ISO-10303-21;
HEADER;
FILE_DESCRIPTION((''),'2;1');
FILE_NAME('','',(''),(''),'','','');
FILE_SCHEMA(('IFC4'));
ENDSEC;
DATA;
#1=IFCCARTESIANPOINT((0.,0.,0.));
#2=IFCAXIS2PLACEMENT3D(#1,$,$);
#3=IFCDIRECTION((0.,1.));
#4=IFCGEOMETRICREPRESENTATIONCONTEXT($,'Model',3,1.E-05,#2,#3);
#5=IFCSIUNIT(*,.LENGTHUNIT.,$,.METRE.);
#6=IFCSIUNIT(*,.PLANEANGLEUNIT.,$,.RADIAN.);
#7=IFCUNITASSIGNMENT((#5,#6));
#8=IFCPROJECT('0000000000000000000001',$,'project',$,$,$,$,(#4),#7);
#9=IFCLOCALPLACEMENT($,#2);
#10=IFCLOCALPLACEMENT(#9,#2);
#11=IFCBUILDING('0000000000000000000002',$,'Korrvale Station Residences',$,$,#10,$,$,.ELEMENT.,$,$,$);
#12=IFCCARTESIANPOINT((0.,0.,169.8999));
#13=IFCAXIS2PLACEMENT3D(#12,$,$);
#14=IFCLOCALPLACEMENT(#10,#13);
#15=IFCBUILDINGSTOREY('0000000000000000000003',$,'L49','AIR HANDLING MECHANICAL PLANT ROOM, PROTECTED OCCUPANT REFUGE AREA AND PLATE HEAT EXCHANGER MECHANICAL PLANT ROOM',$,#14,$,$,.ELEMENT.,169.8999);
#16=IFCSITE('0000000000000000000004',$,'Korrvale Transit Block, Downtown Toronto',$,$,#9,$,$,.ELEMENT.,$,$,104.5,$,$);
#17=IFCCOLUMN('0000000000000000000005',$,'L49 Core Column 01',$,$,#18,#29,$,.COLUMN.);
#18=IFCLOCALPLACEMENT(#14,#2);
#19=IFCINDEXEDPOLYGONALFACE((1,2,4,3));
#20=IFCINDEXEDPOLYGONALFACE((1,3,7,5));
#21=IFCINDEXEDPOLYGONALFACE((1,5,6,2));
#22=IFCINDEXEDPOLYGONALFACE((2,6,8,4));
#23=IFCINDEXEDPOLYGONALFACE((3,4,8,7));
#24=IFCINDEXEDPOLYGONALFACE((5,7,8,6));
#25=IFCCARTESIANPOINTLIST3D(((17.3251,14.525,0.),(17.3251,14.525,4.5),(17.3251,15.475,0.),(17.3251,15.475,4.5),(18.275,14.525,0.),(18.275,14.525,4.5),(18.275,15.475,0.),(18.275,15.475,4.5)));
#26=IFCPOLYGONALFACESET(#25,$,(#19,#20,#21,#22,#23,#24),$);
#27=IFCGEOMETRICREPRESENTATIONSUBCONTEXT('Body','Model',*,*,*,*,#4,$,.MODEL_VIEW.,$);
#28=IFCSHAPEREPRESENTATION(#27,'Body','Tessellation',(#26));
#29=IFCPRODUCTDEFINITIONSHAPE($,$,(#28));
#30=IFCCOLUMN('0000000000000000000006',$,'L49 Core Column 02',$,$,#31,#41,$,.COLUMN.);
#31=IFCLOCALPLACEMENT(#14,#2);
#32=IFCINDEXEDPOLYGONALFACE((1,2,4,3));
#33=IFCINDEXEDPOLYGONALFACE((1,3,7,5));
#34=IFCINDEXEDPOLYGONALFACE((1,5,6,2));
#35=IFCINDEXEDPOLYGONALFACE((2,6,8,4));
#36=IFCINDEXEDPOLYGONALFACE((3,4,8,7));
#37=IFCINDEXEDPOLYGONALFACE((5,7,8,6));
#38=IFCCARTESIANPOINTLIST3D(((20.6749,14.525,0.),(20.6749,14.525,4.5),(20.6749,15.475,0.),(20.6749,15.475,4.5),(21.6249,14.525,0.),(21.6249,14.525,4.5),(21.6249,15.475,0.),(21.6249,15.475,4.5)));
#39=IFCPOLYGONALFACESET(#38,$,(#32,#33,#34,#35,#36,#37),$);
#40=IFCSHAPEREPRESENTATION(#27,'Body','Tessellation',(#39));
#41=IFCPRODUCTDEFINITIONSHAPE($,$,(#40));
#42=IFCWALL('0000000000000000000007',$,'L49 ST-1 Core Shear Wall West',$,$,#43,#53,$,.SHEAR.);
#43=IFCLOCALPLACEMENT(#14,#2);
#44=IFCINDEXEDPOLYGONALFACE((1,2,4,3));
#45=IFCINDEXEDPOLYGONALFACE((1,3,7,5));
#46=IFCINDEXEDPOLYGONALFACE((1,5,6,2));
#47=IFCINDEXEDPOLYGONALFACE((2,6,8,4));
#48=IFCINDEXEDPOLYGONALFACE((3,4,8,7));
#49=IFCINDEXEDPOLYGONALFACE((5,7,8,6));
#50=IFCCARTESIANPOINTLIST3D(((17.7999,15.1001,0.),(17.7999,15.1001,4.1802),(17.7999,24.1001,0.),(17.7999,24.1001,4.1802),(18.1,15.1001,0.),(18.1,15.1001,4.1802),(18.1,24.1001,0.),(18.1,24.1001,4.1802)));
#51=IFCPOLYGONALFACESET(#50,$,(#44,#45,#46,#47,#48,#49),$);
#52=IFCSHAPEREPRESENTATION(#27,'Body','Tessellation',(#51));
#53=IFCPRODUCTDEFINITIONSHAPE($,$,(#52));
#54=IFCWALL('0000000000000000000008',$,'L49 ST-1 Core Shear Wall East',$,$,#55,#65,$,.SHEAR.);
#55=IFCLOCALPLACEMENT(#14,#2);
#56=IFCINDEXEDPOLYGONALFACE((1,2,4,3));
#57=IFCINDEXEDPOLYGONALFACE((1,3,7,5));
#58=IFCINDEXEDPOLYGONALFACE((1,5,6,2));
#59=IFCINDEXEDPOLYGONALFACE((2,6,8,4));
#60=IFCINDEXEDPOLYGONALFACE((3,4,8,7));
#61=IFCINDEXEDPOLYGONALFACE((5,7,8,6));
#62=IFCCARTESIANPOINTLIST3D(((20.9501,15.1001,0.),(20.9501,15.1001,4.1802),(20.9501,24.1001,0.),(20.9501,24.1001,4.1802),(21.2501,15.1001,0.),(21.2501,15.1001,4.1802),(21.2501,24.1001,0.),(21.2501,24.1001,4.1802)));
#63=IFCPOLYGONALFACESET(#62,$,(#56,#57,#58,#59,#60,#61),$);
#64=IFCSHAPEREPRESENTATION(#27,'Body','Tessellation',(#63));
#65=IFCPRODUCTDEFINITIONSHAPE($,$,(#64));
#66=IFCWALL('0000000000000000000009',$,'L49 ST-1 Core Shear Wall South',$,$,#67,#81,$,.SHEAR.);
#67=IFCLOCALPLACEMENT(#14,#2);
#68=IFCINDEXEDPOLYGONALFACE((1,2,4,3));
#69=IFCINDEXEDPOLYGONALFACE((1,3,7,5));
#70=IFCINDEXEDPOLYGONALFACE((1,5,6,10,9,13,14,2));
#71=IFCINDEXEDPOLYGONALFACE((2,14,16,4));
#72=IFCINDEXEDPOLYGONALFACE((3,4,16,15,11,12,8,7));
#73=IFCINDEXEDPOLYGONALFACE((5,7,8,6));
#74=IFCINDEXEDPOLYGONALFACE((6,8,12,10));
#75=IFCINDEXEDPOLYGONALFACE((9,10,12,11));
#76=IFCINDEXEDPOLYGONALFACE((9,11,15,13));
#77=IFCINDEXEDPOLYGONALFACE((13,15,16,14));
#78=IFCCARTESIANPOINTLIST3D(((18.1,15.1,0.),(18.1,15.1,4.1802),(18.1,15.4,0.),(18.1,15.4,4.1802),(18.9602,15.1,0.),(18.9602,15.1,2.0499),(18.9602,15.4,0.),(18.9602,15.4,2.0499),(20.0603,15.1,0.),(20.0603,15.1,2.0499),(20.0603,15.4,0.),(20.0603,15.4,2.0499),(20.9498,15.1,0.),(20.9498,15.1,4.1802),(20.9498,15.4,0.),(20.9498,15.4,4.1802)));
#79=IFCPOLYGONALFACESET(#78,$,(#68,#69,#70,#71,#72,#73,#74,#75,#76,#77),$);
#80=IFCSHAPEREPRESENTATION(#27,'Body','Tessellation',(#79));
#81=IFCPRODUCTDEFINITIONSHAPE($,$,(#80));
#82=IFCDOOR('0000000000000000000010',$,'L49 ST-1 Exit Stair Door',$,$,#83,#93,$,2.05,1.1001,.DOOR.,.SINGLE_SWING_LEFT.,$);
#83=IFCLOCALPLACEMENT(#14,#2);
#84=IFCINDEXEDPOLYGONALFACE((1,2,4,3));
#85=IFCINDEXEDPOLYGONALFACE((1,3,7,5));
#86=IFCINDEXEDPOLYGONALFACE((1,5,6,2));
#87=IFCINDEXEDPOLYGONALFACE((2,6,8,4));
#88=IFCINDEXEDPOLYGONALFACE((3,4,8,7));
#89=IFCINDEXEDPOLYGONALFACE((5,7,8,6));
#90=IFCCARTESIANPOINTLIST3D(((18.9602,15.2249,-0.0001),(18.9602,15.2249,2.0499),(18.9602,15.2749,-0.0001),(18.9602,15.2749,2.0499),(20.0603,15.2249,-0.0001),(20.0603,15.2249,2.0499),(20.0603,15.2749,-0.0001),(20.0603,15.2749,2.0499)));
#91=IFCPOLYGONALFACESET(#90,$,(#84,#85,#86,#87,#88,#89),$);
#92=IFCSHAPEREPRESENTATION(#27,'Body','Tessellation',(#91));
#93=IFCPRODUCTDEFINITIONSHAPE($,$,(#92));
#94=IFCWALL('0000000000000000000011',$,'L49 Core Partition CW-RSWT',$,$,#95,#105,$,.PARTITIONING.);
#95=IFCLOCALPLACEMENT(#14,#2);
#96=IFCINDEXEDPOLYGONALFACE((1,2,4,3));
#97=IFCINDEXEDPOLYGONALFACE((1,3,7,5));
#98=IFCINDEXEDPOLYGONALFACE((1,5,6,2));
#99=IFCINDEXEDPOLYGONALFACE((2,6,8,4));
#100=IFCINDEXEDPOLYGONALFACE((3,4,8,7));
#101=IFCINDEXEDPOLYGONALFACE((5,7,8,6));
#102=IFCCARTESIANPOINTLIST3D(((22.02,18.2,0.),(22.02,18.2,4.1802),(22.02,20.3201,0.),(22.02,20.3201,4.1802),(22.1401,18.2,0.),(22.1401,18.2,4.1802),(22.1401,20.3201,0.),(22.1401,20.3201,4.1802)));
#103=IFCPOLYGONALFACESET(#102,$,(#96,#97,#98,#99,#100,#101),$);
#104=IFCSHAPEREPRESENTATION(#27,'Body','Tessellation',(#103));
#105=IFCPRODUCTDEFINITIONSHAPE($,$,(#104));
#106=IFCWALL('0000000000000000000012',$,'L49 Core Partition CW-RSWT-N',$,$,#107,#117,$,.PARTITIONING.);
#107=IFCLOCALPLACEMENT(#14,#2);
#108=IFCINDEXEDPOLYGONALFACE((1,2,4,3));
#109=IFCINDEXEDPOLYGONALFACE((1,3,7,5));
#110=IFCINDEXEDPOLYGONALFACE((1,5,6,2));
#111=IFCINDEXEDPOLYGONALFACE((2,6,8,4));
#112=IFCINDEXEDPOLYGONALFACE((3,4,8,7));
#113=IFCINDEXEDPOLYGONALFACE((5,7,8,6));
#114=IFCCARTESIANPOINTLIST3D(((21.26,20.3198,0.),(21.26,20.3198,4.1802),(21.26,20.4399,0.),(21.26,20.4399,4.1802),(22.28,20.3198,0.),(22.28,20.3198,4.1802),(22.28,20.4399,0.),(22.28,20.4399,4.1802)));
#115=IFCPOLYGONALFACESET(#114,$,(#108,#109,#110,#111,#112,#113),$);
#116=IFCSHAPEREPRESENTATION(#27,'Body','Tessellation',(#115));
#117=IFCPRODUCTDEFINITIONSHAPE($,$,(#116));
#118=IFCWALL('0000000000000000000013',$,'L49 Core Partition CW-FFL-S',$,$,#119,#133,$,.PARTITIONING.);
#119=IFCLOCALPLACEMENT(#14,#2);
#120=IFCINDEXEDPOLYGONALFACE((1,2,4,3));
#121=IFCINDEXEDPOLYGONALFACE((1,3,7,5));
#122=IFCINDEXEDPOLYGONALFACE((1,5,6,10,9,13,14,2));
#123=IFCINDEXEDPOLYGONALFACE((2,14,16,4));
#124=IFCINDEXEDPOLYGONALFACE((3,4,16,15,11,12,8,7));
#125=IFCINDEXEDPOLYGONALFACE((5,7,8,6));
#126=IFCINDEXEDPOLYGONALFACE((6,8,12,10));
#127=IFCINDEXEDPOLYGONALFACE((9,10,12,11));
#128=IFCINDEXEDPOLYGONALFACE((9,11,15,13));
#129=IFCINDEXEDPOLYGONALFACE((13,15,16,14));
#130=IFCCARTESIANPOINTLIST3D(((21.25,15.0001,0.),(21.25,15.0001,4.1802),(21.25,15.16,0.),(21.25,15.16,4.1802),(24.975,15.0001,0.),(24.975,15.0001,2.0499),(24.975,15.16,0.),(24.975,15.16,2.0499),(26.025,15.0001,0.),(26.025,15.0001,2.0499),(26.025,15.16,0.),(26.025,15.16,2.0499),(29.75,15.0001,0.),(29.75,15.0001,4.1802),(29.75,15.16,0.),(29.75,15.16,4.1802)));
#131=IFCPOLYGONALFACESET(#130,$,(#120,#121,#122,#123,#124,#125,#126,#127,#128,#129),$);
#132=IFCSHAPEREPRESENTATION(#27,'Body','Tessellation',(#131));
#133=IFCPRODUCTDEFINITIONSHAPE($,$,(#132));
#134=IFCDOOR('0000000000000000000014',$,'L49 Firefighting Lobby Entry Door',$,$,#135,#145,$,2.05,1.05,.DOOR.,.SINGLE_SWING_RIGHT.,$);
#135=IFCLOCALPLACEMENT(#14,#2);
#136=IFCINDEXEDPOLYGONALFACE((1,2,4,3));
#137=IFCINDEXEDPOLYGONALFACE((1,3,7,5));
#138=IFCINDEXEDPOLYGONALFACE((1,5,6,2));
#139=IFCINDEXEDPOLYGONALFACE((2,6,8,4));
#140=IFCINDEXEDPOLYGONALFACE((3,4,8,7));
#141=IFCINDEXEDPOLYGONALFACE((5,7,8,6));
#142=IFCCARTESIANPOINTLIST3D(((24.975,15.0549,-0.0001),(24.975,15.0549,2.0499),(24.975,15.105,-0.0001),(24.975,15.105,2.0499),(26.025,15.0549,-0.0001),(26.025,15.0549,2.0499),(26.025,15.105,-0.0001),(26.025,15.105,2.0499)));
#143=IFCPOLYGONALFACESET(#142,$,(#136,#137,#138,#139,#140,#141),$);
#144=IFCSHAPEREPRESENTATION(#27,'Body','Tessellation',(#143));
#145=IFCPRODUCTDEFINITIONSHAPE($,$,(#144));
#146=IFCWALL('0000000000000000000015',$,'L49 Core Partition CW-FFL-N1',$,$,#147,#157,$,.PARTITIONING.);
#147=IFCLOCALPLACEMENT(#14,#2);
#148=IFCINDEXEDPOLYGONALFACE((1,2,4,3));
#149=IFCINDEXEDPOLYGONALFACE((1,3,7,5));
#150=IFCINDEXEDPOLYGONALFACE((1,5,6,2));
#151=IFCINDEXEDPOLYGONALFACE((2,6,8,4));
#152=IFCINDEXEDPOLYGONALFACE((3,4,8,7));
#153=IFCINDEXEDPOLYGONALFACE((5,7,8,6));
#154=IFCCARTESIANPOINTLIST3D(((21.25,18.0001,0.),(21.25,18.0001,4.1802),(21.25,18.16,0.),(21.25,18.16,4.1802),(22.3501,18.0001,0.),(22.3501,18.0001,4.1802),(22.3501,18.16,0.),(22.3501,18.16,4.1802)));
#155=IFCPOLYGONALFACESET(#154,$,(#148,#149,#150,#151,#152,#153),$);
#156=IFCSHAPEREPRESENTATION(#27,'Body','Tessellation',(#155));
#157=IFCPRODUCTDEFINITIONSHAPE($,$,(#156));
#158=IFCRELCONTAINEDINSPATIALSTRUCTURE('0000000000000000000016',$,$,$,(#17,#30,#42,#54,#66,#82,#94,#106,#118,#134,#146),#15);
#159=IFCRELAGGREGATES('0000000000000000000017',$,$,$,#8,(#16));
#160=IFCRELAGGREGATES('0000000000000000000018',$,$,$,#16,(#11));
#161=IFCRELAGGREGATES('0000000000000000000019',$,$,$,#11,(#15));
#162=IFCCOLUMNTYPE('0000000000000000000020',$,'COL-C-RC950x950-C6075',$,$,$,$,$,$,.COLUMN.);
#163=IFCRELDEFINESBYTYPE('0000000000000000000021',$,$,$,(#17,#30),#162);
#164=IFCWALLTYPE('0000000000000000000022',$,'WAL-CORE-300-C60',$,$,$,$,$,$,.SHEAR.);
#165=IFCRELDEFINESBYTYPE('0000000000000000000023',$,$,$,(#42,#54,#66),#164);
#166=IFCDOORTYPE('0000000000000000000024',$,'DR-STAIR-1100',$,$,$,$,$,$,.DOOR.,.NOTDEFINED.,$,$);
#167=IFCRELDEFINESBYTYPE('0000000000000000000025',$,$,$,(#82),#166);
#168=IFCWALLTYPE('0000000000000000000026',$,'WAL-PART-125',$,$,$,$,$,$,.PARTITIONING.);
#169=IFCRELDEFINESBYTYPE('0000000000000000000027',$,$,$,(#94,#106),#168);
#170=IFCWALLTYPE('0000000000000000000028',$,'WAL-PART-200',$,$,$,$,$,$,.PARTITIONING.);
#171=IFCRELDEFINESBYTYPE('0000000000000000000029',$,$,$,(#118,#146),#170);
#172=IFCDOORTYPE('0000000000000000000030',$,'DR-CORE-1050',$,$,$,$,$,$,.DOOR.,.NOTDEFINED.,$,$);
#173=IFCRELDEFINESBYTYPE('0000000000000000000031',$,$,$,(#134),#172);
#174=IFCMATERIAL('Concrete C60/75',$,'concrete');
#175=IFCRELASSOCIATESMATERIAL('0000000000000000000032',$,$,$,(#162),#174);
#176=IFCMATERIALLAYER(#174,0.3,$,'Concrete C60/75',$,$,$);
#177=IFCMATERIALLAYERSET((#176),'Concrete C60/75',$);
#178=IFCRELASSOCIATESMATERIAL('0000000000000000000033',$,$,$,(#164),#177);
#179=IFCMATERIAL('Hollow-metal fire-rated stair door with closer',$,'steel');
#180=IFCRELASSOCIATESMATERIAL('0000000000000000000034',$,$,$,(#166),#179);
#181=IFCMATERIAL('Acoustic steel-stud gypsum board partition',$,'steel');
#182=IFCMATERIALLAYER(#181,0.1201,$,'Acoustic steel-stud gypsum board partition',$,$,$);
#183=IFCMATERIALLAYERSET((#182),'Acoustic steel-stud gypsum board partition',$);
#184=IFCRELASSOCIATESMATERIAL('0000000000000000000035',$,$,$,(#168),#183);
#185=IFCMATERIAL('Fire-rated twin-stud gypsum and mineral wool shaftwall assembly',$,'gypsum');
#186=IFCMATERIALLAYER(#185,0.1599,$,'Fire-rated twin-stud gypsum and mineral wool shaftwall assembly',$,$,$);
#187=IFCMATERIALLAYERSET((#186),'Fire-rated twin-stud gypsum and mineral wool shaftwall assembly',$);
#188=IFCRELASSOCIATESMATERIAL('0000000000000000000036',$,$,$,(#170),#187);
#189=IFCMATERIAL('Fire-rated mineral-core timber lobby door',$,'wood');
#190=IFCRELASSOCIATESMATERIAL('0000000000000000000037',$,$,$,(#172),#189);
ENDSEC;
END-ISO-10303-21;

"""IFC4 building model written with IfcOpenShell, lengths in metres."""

from ifc_helpers import new_model, si_unit, direction, frame, frame_2d, origin, origin_2d, place, context, subcontext, project, spatial, rectangle, extrude, material, layer, layer_set, material_profile, profile_set, type_object, element, fill, save


model = new_model("IFC4")

# Units and contexts
model_context = context("Model", 3, precision=1e-05, world=origin(), true_north=direction((0.0, 1.0)))
body_context = subcontext(model_context, "Body", "Model", "MODEL_VIEW")
ifc_project = project(units=[si_unit("LENGTHUNIT", "METRE"), si_unit("PLANEANGLEUNIT", "RADIAN")], contexts=[model_context])

# Site, building, storey
site_placement = place(None, origin())
site = spatial("IfcSite", under=ifc_project, at=site_placement, Name="Korrvale Transit Block, Downtown Toronto", CompositionType="ELEMENT", RefElevation=104.5)
building_placement = place(site_placement, origin())
building = spatial("IfcBuilding", under=site, at=building_placement, Name="Korrvale Station Residences", CompositionType="ELEMENT")
storey_placement = place(building_placement, frame((0.0, 0.0, 169.8999)))
storey = spatial("IfcBuildingStorey", under=building, at=storey_placement, Name="L49", Description="AIR HANDLING MECHANICAL PLANT ROOM, PROTECTED OCCUPANT REFUGE AREA AND PLATE HEAT EXCHANGER MECHANICAL PLANT ROOM", CompositionType="ELEMENT", Elevation=169.8999)

# Columns
ifc_material_1 = material(Name="Concrete C60/75", Category="concrete")
ifc_material_profile = material_profile(ifc_material_1, rectangle(XDim=0.95, YDim=0.95, at=origin_2d()), Name="RC950x950")
ifc_profile_set = profile_set([ifc_material_profile], Name="Concrete C60/75")
column_type = type_object("IfcColumnType", Name="COL-C-RC950x950-C6075", PredefinedType="COLUMN", material=ifc_profile_set)
for number, where, z_axis, x_axis, name in (
    (1, (17.8, 15.0, 0.0), (0.0, 0.0, 1.0), (1.0, 0.0, 0.0), "L49 Core Column 01"),
    (2, (21.1499, 15.0, 0.0), (0.0, 0.0, 1.0), (1.0, 0.0, 0.0), "L49 Core Column 02"),
):
    element("IfcColumn", number, at=place(storey_placement, frame(where, z_axis=z_axis, x_axis=x_axis)), inside=storey, type_object=column_type, Name=name, PredefinedType="COLUMN", context=body_context, shape_type="SweptSolid", body=[
        extrude(rectangle(XDim=0.95, YDim=0.95, at=origin_2d()), origin(), (0.0, 0.0, 1.0), 4.5),
    ])

# Walls
ifc_layer_1 = layer(ifc_material_1, 0.3, Name="Concrete C60/75")
ifc_layer_set_1 = layer_set([ifc_layer_1], Name="Concrete C60/75")
wall_type_1 = type_object("IfcWallType", Name="WAL-CORE-300-C60", PredefinedType="SHEAR", material=ifc_layer_set_1)
for number, where, z_axis, x_axis, name in (
    (3, (17.95, 15.1001, 0.0), (0.0, 0.0, 1.0), (0.0, 1.0, 0.0), "L49 ST-1 Core Shear Wall West"),
    (4, (21.1001, 15.1001, 0.0), (0.0, 0.0, 1.0), (0.0, 1.0, 0.0), "L49 ST-1 Core Shear Wall East"),
):
    element("IfcWall", number, at=place(storey_placement, frame(where, z_axis=z_axis, x_axis=x_axis)), inside=storey, type_object=wall_type_1, Name=name, PredefinedType="SHEAR", context=body_context, shape_type="SweptSolid", body=[
        extrude(rectangle(XDim=9.0, YDim=0.3, at=frame_2d((4.5, 0.0))), origin(), (0.0, 0.0, 1.0), 4.1802),
    ])

# Wall, opening, door
wall_1_placement = place(storey_placement, frame((18.1001, 15.25, 0.0), z_axis=(0.0, 0.0, 1.0), x_axis=(1.0, 0.0, 0.0)))
wall_1 = element("IfcWall", 5, at=wall_1_placement, inside=storey, type_object=wall_type_1, Name="L49 ST-1 Core Shear Wall South", PredefinedType="SHEAR", context=body_context, shape_type="SweptSolid", body=[
    extrude(rectangle(XDim=2.8499, YDim=0.3, at=frame_2d((1.4248, 0.0))), origin(), (0.0, 0.0, 1.0), 4.1802),
])
opening_1_placement = place(wall_1_placement, frame((0.8601, 0.0, 0.0)))
opening_1 = element("IfcOpeningElement", 6, at=opening_1_placement, cuts=wall_1, PredefinedType="OPENING", context=body_context, shape_type="SweptSolid", body=[
    extrude(rectangle(XDim=1.1001, YDim=2.05, at=frame_2d((0.55, 1.0249))), frame((0.0, 0.1602, 0.0), z_axis=(0.0, -1.0, 0.0), x_axis=(1.0, 0.0, 0.0)), (0.0, 0.0, 1.0), 0.3201),
])
ifc_material_2 = material(Name="Hollow-metal fire-rated stair door with closer", Category="steel")
door_type_1 = type_object("IfcDoorType", Name="DR-STAIR-1100", OperationType="NOTDEFINED", PredefinedType="DOOR", material=ifc_material_2)
door_1_placement = place(opening_1_placement, origin())
door_1 = element("IfcDoor", 7, at=door_1_placement, inside=storey, type_object=door_type_1, Name="L49 ST-1 Exit Stair Door", OperationType="SINGLE_SWING_LEFT", OverallHeight=2.05, OverallWidth=1.1001, PredefinedType="DOOR", context=body_context, shape_type="SweptSolid", body=[
    extrude(rectangle(XDim=1.1001, YDim=2.05, at=frame_2d((0.55, 1.0249))), frame((0.0, 0.0249, 0.0), z_axis=(0.0, -1.0, 0.0), x_axis=(1.0, 0.0, 0.0)), (0.0, 0.0, 1.0), 0.05),
])
fill(opening_1, door_1)

# Walls
ifc_material_3 = material(Name="Acoustic steel-stud gypsum board partition", Category="steel")
ifc_layer_2 = layer(ifc_material_3, 0.1201, Name="Acoustic steel-stud gypsum board partition")
ifc_layer_set_2 = layer_set([ifc_layer_2], Name="Acoustic steel-stud gypsum board partition")
wall_type_2 = type_object("IfcWallType", Name="WAL-PART-125", PredefinedType="PARTITIONING", material=ifc_layer_set_2)
wall_2_placement = place(storey_placement, frame((22.0801, 18.2, 0.0), z_axis=(0.0, 0.0, 1.0), x_axis=(0.0, 1.0, 0.0)))
element("IfcWall", 8, at=wall_2_placement, inside=storey, type_object=wall_type_2, Name="L49 Core Partition CW-RSWT", PredefinedType="PARTITIONING", context=body_context, shape_type="SweptSolid", body=[
    extrude(rectangle(XDim=2.1201, YDim=0.1201, at=frame_2d((1.0601, 0.0))), origin(), (0.0, 0.0, 1.0), 4.1802),
])
wall_3_placement = place(storey_placement, frame((22.28, 20.3799, 0.0), z_axis=(0.0, 0.0, 1.0), x_axis=(-1.0, 0.0, 0.0)))
element("IfcWall", 9, at=wall_3_placement, inside=storey, type_object=wall_type_2, Name="L49 Core Partition CW-RSWT-N", PredefinedType="PARTITIONING", context=body_context, shape_type="SweptSolid", body=[
    extrude(rectangle(XDim=1.02, YDim=0.1201, at=frame_2d((0.51, 0.0))), origin(), (0.0, 0.0, 1.0), 4.1802),
])

# Wall, opening, door
ifc_material_4 = material(Name="Fire-rated twin-stud gypsum and mineral wool shaftwall assembly", Category="gypsum")
ifc_layer_3 = layer(ifc_material_4, 0.1599, Name="Fire-rated twin-stud gypsum and mineral wool shaftwall assembly")
ifc_layer_set_3 = layer_set([ifc_layer_3], Name="Fire-rated twin-stud gypsum and mineral wool shaftwall assembly")
wall_type_3 = type_object("IfcWallType", Name="WAL-PART-200", PredefinedType="PARTITIONING", material=ifc_layer_set_3)
wall_4_placement = place(storey_placement, frame((21.25, 15.0801, 0.0), z_axis=(0.0, 0.0, 1.0), x_axis=(1.0, 0.0, 0.0)))
wall_4 = element("IfcWall", 10, at=wall_4_placement, inside=storey, type_object=wall_type_3, Name="L49 Core Partition CW-FFL-S", PredefinedType="PARTITIONING", context=body_context, shape_type="SweptSolid", body=[
    extrude(rectangle(XDim=8.5, YDim=0.1599, at=frame_2d((4.25, 0.0))), origin(), (0.0, 0.0, 1.0), 4.1802),
])
opening_2_placement = place(wall_4_placement, frame((3.7251, 0.0, 0.0)))
opening_2 = element("IfcOpeningElement", 11, at=opening_2_placement, cuts=wall_4, PredefinedType="OPENING", context=body_context, shape_type="SweptSolid", body=[
    extrude(rectangle(XDim=1.05, YDim=2.05, at=frame_2d((0.5249, 1.0249))), frame((0.0, 0.0898, 0.0), z_axis=(0.0, -1.0, 0.0), x_axis=(1.0, 0.0, 0.0)), (0.0, 0.0, 1.0), 0.1799),
])
ifc_material_5 = material(Name="Fire-rated mineral-core timber lobby door", Category="wood")
door_type_2 = type_object("IfcDoorType", Name="DR-CORE-1050", OperationType="NOTDEFINED", PredefinedType="DOOR", material=ifc_material_5)
door_2_placement = place(opening_2_placement, origin())
door_2 = element("IfcDoor", 12, at=door_2_placement, inside=storey, type_object=door_type_2, Name="L49 Firefighting Lobby Entry Door", OperationType="SINGLE_SWING_RIGHT", OverallHeight=2.05, OverallWidth=1.05, PredefinedType="DOOR", context=body_context, shape_type="SweptSolid", body=[
    extrude(rectangle(XDim=1.05, YDim=2.05, at=frame_2d((0.5249, 1.0249))), frame((0.0, 0.0249, 0.0), z_axis=(0.0, -1.0, 0.0), x_axis=(1.0, 0.0, 0.0)), (0.0, 0.0, 1.0), 0.05),
])
fill(opening_2, door_2)

# Wall
wall_5_placement = place(storey_placement, frame((21.25, 18.0801, 0.0), z_axis=(0.0, 0.0, 1.0), x_axis=(1.0, 0.0, 0.0)))
element("IfcWall", 13, at=wall_5_placement, inside=storey, type_object=wall_type_3, Name="L49 Core Partition CW-FFL-N1", PredefinedType="PARTITIONING", context=body_context, shape_type="SweptSolid", body=[
    extrude(rectangle(XDim=1.1001, YDim=0.1599, at=frame_2d((0.55, 0.0))), origin(), (0.0, 0.0, 1.0), 4.1802),
])

save(model, "model.ifc")
